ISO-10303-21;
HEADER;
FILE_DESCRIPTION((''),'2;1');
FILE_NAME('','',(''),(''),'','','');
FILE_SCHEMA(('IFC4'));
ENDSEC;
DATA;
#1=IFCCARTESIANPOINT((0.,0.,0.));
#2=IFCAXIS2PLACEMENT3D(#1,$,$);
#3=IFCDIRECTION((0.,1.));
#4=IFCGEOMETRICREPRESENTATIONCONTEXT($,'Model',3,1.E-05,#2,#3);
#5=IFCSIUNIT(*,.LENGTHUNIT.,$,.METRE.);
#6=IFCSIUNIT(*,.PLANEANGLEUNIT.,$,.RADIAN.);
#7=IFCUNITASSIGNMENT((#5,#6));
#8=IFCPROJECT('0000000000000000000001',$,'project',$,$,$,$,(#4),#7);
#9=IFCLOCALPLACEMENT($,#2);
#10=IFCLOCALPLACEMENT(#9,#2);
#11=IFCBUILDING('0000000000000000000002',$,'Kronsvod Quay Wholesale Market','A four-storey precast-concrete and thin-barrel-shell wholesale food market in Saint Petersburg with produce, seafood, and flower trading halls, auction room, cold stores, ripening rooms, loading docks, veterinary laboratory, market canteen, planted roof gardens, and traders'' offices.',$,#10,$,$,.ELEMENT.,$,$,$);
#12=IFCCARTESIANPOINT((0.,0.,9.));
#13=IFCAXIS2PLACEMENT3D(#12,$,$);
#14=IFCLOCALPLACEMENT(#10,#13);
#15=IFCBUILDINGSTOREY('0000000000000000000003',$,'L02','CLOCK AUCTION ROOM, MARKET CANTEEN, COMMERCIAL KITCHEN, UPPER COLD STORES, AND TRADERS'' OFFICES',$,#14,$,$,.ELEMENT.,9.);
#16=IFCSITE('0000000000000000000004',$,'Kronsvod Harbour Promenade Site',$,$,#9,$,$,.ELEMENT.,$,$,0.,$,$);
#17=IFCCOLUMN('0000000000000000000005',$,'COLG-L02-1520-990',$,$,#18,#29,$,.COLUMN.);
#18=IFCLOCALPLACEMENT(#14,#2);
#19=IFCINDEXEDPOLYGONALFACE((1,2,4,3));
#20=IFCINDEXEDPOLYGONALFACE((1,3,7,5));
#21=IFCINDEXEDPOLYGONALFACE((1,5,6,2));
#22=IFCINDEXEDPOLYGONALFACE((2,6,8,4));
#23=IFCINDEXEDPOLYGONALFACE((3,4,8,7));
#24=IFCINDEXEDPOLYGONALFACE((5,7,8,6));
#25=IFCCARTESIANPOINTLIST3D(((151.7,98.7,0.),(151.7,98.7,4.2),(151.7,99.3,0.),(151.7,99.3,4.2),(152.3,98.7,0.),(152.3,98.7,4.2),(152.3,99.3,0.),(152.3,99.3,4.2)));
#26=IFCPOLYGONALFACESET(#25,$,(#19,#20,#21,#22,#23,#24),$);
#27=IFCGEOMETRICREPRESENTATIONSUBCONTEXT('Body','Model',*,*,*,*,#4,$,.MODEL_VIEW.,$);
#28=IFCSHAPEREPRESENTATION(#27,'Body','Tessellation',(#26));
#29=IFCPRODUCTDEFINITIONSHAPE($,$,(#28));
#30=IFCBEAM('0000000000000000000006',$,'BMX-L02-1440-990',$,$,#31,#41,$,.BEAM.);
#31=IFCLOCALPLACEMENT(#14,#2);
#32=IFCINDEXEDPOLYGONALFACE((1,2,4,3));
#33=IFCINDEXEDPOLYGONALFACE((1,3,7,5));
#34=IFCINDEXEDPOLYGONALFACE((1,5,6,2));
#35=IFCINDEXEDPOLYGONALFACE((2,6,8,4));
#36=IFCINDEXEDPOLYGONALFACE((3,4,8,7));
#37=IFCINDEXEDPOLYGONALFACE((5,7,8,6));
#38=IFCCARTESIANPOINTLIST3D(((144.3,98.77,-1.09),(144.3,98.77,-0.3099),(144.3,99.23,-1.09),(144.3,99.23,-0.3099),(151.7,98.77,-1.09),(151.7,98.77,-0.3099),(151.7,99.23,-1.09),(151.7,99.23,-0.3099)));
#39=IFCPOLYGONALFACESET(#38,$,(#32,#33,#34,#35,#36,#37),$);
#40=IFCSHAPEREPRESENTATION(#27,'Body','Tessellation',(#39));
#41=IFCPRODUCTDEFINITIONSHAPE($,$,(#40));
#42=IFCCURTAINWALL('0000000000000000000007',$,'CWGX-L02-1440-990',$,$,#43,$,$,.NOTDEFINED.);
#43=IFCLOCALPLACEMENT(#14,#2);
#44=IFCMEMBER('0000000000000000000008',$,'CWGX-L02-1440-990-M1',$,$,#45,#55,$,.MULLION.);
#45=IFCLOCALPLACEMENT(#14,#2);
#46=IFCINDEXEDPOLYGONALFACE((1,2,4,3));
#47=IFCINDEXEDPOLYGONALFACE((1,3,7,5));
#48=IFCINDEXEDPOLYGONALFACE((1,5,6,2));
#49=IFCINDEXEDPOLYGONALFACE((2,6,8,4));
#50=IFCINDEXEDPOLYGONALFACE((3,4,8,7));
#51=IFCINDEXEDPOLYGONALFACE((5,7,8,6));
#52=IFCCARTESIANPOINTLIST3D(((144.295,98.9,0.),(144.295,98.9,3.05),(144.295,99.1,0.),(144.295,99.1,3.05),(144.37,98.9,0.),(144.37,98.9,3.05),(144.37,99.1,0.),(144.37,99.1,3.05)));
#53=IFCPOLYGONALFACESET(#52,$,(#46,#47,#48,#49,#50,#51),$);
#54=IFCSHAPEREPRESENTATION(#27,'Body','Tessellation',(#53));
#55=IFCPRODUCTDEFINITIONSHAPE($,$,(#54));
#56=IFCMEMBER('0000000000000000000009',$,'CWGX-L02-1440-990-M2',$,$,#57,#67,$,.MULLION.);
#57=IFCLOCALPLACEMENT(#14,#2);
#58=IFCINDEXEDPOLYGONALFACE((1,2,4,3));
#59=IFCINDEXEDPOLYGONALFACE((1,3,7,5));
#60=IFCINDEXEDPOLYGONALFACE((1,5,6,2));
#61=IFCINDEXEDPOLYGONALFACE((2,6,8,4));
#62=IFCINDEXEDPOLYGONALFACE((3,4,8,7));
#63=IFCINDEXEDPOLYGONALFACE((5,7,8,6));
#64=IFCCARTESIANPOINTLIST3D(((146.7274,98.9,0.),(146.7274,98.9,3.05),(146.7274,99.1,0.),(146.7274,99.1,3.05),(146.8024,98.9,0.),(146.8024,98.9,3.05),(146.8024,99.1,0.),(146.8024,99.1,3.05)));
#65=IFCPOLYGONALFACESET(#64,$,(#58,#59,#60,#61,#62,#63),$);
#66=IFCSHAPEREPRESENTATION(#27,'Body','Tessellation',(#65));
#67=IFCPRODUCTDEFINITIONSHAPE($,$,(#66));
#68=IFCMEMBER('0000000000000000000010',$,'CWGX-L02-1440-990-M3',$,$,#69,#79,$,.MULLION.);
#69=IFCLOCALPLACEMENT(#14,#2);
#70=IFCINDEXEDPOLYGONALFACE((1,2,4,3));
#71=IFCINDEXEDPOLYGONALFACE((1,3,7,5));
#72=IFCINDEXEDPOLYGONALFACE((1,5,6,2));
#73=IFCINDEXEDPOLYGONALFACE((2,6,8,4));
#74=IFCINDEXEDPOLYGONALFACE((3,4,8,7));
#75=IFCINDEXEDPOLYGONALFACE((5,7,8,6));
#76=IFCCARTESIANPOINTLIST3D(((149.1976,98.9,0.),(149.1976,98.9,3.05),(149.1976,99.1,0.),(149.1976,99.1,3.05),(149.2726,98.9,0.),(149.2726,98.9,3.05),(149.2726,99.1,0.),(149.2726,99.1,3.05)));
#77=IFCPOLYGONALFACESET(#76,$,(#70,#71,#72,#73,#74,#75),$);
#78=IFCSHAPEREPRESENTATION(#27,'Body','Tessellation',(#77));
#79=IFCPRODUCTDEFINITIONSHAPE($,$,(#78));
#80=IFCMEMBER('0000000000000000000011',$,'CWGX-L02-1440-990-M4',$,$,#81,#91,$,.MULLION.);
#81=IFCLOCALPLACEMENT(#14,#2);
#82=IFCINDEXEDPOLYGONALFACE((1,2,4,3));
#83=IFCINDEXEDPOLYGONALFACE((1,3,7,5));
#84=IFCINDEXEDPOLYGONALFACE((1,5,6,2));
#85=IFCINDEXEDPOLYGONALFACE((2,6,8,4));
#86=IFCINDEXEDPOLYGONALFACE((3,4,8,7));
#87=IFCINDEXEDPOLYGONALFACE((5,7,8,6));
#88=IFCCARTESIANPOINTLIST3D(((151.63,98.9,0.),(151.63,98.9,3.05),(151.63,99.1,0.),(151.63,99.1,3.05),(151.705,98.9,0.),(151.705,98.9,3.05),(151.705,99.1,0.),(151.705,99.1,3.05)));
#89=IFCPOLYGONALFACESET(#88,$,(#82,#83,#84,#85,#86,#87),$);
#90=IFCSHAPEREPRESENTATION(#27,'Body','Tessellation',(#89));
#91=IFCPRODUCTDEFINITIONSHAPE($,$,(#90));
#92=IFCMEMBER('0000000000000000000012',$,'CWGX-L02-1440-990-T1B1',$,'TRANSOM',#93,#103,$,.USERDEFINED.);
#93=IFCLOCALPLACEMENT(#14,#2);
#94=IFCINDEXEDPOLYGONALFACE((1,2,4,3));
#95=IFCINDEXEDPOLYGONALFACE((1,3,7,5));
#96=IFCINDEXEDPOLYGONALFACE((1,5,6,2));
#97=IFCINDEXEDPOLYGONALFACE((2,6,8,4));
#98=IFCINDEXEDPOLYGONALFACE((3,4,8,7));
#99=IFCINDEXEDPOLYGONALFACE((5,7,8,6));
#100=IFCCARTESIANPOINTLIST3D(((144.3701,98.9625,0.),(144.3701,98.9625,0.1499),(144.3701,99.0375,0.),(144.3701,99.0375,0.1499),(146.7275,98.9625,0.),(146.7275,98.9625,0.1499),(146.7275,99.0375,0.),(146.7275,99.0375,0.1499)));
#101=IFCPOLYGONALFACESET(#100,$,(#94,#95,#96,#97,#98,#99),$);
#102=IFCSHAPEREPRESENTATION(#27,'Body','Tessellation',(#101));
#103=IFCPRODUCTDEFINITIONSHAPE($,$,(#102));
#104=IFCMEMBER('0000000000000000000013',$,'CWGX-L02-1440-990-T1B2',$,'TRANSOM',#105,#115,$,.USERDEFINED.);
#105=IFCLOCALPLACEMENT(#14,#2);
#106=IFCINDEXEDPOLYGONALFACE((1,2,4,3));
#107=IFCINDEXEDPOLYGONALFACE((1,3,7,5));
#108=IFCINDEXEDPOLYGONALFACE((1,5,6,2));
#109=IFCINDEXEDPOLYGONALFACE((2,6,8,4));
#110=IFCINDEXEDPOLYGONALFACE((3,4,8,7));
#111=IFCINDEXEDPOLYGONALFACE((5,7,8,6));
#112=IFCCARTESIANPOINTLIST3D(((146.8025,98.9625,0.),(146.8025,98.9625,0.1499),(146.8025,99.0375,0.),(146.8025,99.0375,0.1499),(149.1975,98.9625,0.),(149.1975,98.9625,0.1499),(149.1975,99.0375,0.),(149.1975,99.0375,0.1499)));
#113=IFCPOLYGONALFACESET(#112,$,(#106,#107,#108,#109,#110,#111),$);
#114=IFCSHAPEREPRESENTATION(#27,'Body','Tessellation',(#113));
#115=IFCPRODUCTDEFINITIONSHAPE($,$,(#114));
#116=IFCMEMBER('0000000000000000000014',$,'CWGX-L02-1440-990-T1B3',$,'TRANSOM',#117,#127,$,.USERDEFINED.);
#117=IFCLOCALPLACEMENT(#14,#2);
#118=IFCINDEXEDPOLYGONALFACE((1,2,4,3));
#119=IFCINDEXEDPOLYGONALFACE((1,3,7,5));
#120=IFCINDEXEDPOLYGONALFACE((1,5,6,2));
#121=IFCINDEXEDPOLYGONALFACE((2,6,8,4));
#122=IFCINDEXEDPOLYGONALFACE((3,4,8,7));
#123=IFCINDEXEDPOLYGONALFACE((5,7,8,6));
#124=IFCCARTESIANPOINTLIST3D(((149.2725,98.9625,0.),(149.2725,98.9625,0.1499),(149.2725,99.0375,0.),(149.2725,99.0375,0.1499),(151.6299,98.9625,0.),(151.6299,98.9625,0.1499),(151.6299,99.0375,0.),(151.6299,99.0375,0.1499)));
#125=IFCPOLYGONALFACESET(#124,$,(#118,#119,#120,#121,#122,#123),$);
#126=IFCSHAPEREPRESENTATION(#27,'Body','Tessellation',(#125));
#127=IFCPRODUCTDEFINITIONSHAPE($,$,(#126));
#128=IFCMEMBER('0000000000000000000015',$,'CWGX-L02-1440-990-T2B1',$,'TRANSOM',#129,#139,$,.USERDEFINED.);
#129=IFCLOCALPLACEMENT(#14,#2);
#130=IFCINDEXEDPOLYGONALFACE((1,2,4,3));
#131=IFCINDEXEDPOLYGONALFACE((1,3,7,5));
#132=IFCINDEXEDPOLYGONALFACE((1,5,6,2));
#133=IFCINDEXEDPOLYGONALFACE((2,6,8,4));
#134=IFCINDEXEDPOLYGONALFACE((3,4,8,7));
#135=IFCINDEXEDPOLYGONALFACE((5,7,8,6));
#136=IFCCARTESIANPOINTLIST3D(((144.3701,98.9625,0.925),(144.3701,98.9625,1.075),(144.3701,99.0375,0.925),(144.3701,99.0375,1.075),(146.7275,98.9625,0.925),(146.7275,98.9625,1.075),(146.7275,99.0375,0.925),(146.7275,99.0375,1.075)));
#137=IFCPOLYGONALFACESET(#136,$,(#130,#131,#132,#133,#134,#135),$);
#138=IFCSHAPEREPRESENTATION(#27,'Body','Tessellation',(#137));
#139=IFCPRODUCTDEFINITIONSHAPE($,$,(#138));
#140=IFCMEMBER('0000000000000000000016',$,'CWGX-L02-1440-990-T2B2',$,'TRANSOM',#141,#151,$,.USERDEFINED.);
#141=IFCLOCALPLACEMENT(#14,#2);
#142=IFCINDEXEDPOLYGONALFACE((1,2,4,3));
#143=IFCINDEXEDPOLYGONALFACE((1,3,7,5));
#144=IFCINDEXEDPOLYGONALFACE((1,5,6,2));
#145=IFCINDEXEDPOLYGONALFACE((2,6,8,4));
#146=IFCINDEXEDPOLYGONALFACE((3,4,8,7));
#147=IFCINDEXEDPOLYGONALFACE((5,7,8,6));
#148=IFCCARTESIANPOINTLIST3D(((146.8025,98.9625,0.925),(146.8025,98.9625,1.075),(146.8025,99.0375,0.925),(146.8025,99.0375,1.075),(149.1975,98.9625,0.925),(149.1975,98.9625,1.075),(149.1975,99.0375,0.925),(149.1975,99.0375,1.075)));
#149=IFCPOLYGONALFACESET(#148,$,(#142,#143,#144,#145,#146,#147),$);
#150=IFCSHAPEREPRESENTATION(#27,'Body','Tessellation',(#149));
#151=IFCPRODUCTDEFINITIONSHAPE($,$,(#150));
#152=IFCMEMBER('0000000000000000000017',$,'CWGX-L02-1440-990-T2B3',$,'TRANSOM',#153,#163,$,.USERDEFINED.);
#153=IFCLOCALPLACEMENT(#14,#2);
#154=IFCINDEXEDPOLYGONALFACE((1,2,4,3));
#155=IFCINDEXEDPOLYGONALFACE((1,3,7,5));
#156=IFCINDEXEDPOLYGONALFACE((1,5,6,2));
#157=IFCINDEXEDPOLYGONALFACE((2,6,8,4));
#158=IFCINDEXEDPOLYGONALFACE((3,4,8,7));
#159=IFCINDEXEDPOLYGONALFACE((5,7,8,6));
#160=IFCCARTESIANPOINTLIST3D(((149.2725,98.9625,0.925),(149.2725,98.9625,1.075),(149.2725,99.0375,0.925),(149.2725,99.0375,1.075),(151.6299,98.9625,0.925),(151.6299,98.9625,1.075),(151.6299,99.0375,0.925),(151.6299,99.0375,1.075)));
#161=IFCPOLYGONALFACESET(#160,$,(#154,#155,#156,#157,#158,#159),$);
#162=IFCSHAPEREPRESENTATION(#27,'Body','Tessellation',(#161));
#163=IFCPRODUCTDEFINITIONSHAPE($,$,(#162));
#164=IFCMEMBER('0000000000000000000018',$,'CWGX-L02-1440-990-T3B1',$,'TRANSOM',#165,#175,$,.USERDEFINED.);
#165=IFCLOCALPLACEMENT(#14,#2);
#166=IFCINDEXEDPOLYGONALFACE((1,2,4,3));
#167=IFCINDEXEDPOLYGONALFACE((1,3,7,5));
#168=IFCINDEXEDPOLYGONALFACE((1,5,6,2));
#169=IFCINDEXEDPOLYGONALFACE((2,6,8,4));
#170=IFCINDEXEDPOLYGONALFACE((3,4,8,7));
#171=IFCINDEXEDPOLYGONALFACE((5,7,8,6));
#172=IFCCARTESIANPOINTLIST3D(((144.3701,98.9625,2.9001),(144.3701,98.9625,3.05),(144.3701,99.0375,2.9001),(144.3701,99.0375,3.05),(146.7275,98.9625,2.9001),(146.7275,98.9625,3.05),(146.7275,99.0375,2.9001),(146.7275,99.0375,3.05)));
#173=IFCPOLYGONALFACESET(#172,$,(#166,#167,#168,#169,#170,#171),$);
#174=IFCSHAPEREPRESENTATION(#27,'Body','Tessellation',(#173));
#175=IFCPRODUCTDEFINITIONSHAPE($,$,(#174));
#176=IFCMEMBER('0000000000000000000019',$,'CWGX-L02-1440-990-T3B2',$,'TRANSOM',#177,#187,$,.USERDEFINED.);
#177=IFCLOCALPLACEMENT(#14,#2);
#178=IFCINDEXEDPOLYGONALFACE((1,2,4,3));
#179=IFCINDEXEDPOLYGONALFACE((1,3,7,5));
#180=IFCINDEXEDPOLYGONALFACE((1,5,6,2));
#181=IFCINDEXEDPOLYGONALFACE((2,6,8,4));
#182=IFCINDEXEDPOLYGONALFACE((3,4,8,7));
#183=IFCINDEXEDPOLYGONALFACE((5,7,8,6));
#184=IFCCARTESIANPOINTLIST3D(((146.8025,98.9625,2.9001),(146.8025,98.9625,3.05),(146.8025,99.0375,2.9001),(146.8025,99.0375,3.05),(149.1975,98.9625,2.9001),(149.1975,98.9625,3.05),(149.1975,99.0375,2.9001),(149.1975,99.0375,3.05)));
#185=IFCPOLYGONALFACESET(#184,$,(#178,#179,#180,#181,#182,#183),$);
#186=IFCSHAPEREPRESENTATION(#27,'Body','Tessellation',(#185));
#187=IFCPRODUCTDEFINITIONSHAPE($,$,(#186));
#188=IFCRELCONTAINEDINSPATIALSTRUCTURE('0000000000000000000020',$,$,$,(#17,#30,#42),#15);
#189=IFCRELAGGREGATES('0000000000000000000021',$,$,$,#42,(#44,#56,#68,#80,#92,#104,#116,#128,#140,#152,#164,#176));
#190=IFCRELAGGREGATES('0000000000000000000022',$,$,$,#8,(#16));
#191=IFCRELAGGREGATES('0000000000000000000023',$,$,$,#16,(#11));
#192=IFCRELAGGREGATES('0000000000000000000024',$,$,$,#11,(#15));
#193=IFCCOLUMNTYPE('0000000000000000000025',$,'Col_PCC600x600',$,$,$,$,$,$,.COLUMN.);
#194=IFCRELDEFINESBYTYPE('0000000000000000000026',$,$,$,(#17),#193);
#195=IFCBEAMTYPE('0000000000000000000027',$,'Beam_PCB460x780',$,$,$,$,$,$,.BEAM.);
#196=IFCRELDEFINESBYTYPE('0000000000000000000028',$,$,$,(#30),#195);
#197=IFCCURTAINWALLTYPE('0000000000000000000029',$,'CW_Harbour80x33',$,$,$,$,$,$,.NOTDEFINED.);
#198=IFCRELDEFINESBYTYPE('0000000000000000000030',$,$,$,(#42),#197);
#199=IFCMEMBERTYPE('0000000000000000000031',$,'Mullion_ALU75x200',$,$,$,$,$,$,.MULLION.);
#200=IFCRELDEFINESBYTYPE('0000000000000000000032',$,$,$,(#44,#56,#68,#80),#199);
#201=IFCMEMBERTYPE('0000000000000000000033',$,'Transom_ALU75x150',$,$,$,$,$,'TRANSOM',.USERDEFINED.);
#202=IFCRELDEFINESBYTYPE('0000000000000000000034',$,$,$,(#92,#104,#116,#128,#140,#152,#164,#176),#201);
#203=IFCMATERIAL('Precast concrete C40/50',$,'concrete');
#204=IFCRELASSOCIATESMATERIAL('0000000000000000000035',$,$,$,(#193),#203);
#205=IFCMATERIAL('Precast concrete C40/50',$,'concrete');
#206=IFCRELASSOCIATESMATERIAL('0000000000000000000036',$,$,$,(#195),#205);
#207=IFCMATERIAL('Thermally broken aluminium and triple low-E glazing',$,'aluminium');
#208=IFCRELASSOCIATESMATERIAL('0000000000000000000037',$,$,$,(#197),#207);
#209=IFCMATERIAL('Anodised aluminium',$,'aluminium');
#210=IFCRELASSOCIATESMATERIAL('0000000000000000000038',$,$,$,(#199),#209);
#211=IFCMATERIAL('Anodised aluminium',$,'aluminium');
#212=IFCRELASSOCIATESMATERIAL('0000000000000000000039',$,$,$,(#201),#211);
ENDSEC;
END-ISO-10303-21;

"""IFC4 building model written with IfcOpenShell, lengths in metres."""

from ifc_helpers import new_model, si_unit, direction, frame, origin, origin_2d, place, context, subcontext, project, spatial, rectangle, extrude, material, material_profile, profile_set, type_object, element, aggregate, save


model = new_model("IFC4")

# Units and contexts
model_context = context("Model", 3, precision=1e-05, world=origin(), true_north=direction((0.0, 1.0)))
body_context = subcontext(model_context, "Body", "Model", "MODEL_VIEW")
ifc_project = project(units=[si_unit("LENGTHUNIT", "METRE"), si_unit("PLANEANGLEUNIT", "RADIAN")], contexts=[model_context])

# Site, building, storey
site_placement = place(None, origin())
site = spatial("IfcSite", under=ifc_project, at=site_placement, Name="Kronsvod Harbour Promenade Site", CompositionType="ELEMENT", RefElevation=0.0)
building_placement = place(site_placement, origin())
building = spatial("IfcBuilding", under=site, at=building_placement, Name="Kronsvod Quay Wholesale Market", Description="A four-storey precast-concrete and thin-barrel-shell wholesale food market in Saint Petersburg with produce, seafood, and flower trading halls, auction room, cold stores, ripening rooms, loading docks, veterinary laboratory, market canteen, planted roof gardens, and traders' offices.", CompositionType="ELEMENT")
storey_placement = place(building_placement, frame((0.0, 0.0, 9.0)))
storey = spatial("IfcBuildingStorey", under=building, at=storey_placement, Name="L02", Description="CLOCK AUCTION ROOM, MARKET CANTEEN, COMMERCIAL KITCHEN, UPPER COLD STORES, AND TRADERS' OFFICES", CompositionType="ELEMENT", Elevation=9.0)

# Column
ifc_material_1 = material(Name="Precast concrete C40/50", Category="concrete")
ifc_material_profile_1 = material_profile(ifc_material_1, rectangle(XDim=0.6001, YDim=0.6001, at=origin_2d()), Name="PCC600x600")
ifc_profile_set_1 = profile_set([ifc_material_profile_1], Name="Precast concrete C40/50")
column_type = type_object("IfcColumnType", Name="Col_PCC600x600", PredefinedType="COLUMN", material=ifc_profile_set_1)
column_placement = place(storey_placement, frame((152.0, 99.0, 0.0), z_axis=(0.0, 0.0, 1.0), x_axis=(1.0, 0.0, 0.0)))
element("IfcColumn", 1, at=column_placement, inside=storey, type_object=column_type, Name="COLG-L02-1520-990", PredefinedType="COLUMN", context=body_context, shape_type="SweptSolid", body=[
    extrude(rectangle(XDim=0.6001, YDim=0.6001, at=origin_2d()), origin(), (0.0, 0.0, 1.0), 4.2),
])

# Beam
ifc_material_2 = material(Name="Precast concrete C40/50", Category="concrete")
ifc_material_profile_2 = material_profile(ifc_material_2, rectangle(XDim=0.46, YDim=0.78, at=origin_2d()), Name="PB-03")
ifc_profile_set_2 = profile_set([ifc_material_profile_2], Name="Precast concrete C40/50")
beam_type = type_object("IfcBeamType", Name="Beam_PCB460x780", PredefinedType="BEAM", material=ifc_profile_set_2)
beam_placement = place(storey_placement, frame((144.3, 99.0, -0.7), z_axis=(1.0, 0.0, 0.0), x_axis=(0.0, 1.0, 0.0)))
element("IfcBeam", 2, at=beam_placement, inside=storey, type_object=beam_type, Name="BMX-L02-1440-990", PredefinedType="BEAM", context=body_context, shape_type="SweptSolid", body=[
    extrude(rectangle(XDim=0.46, YDim=0.78, at=origin_2d()), origin(), (0.0, 0.0, 1.0), 7.3999),
])

# Curtain wall, members
ifc_material_3 = material(Name="Thermally broken aluminium and triple low-E glazing", Category="aluminium")
curtain_wall_type = type_object("IfcCurtainWallType", Name="CW_Harbour80x33", PredefinedType="NOTDEFINED", material=ifc_material_3)
curtain_wall_placement = place(storey_placement, origin())
curtain_wall = element("IfcCurtainWall", 3, at=curtain_wall_placement, inside=storey, type_object=curtain_wall_type, Name="CWGX-L02-1440-990", PredefinedType="NOTDEFINED")
ifc_material_4 = material(Name="Anodised aluminium", Category="aluminium")
ifc_material_profile_3 = material_profile(ifc_material_4, rectangle(XDim=0.075, YDim=0.2, at=origin_2d()), Name="ALUM75x200")
ifc_profile_set_3 = profile_set([ifc_material_profile_3], Name="Anodised aluminium")
member_type_1 = type_object("IfcMemberType", Name="Mullion_ALU75x200", PredefinedType="MULLION", material=ifc_profile_set_3)
member_1_placement = place(storey_placement, frame((144.3325, 99.0, 0.0), z_axis=(0.0, 0.0, 1.0), x_axis=(1.0, 0.0, 0.0)))
member_1 = element("IfcMember", 4, at=member_1_placement, type_object=member_type_1, Name="CWGX-L02-1440-990-M1", PredefinedType="MULLION", context=body_context, shape_type="SweptSolid", body=[
    extrude(rectangle(XDim=0.075, YDim=0.2, at=origin_2d()), origin(), (0.0, 0.0, 1.0), 3.05),
])
member_2_placement = place(storey_placement, frame((146.7649, 99.0, 0.0), z_axis=(0.0, 0.0, 1.0), x_axis=(1.0, 0.0, 0.0)))
member_2 = element("IfcMember", 5, at=member_2_placement, type_object=member_type_1, Name="CWGX-L02-1440-990-M2", PredefinedType="MULLION", context=body_context, shape_type="SweptSolid", body=[
    extrude(rectangle(XDim=0.075, YDim=0.2, at=origin_2d()), origin(), (0.0, 0.0, 1.0), 3.05),
])
member_3_placement = place(storey_placement, frame((149.2351, 99.0, 0.0), z_axis=(0.0, 0.0, 1.0), x_axis=(1.0, 0.0, 0.0)))
member_3 = element("IfcMember", 6, at=member_3_placement, type_object=member_type_1, Name="CWGX-L02-1440-990-M3", PredefinedType="MULLION", context=body_context, shape_type="SweptSolid", body=[
    extrude(rectangle(XDim=0.075, YDim=0.2, at=origin_2d()), origin(), (0.0, 0.0, 1.0), 3.05),
])
member_4_placement = place(storey_placement, frame((151.6675, 99.0, 0.0), z_axis=(0.0, 0.0, 1.0), x_axis=(1.0, 0.0, 0.0)))
member_4 = element("IfcMember", 7, at=member_4_placement, type_object=member_type_1, Name="CWGX-L02-1440-990-M4", PredefinedType="MULLION", context=body_context, shape_type="SweptSolid", body=[
    extrude(rectangle(XDim=0.075, YDim=0.2, at=origin_2d()), origin(), (0.0, 0.0, 1.0), 3.05),
])
ifc_material_5 = material(Name="Anodised aluminium", Category="aluminium")
ifc_material_profile_4 = material_profile(ifc_material_5, rectangle(XDim=0.075, YDim=0.1499, at=origin_2d()), Name="ALUT75x150")
ifc_profile_set_4 = profile_set([ifc_material_profile_4], Name="Anodised aluminium")
member_type_2 = type_object("IfcMemberType", Name="Transom_ALU75x150", ElementType="TRANSOM", PredefinedType="USERDEFINED", material=ifc_profile_set_4)
member_5_placement = place(storey_placement, frame((144.3701, 99.0, 0.075), z_axis=(1.0, 0.0, 0.0), x_axis=(0.0, 1.0, 0.0)))
member_5 = element("IfcMember", 8, at=member_5_placement, type_object=member_type_2, Name="CWGX-L02-1440-990-T1B1", ObjectType="TRANSOM", PredefinedType="USERDEFINED", context=body_context, shape_type="SweptSolid", body=[
    extrude(rectangle(XDim=0.075, YDim=0.1499, at=origin_2d()), origin(), (0.0, 0.0, 1.0), 2.3574),
])
member_6_placement = place(storey_placement, frame((146.8025, 99.0, 0.075), z_axis=(1.0, 0.0, 0.0), x_axis=(0.0, 1.0, 0.0)))
member_6 = element("IfcMember", 9, at=member_6_placement, type_object=member_type_2, Name="CWGX-L02-1440-990-T1B2", ObjectType="TRANSOM", PredefinedType="USERDEFINED", context=body_context, shape_type="SweptSolid", body=[
    extrude(rectangle(XDim=0.075, YDim=0.1499, at=origin_2d()), origin(), (0.0, 0.0, 1.0), 2.395),
])
member_7_placement = place(storey_placement, frame((149.2725, 99.0, 0.075), z_axis=(1.0, 0.0, 0.0), x_axis=(0.0, 1.0, 0.0)))
member_7 = element("IfcMember", 10, at=member_7_placement, type_object=member_type_2, Name="CWGX-L02-1440-990-T1B3", ObjectType="TRANSOM", PredefinedType="USERDEFINED", context=body_context, shape_type="SweptSolid", body=[
    extrude(rectangle(XDim=0.075, YDim=0.1499, at=origin_2d()), origin(), (0.0, 0.0, 1.0), 2.3574),
])
member_8_placement = place(storey_placement, frame((144.3701, 99.0, 1.0), z_axis=(1.0, 0.0, 0.0), x_axis=(0.0, 1.0, 0.0)))
member_8 = element("IfcMember", 11, at=member_8_placement, type_object=member_type_2, Name="CWGX-L02-1440-990-T2B1", ObjectType="TRANSOM", PredefinedType="USERDEFINED", context=body_context, shape_type="SweptSolid", body=[
    extrude(rectangle(XDim=0.075, YDim=0.1499, at=origin_2d()), origin(), (0.0, 0.0, 1.0), 2.3574),
])
member_9_placement = place(storey_placement, frame((146.8025, 99.0, 1.0), z_axis=(1.0, 0.0, 0.0), x_axis=(0.0, 1.0, 0.0)))
member_9 = element("IfcMember", 12, at=member_9_placement, type_object=member_type_2, Name="CWGX-L02-1440-990-T2B2", ObjectType="TRANSOM", PredefinedType="USERDEFINED", context=body_context, shape_type="SweptSolid", body=[
    extrude(rectangle(XDim=0.075, YDim=0.1499, at=origin_2d()), origin(), (0.0, 0.0, 1.0), 2.395),
])
member_10_placement = place(storey_placement, frame((149.2725, 99.0, 1.0), z_axis=(1.0, 0.0, 0.0), x_axis=(0.0, 1.0, 0.0)))
member_10 = element("IfcMember", 13, at=member_10_placement, type_object=member_type_2, Name="CWGX-L02-1440-990-T2B3", ObjectType="TRANSOM", PredefinedType="USERDEFINED", context=body_context, shape_type="SweptSolid", body=[
    extrude(rectangle(XDim=0.075, YDim=0.1499, at=origin_2d()), origin(), (0.0, 0.0, 1.0), 2.3574),
])
member_11_placement = place(storey_placement, frame((144.3701, 99.0, 2.9751), z_axis=(1.0, 0.0, 0.0), x_axis=(0.0, 1.0, 0.0)))
member_11 = element("IfcMember", 14, at=member_11_placement, type_object=member_type_2, Name="CWGX-L02-1440-990-T3B1", ObjectType="TRANSOM", PredefinedType="USERDEFINED", context=body_context, shape_type="SweptSolid", body=[
    extrude(rectangle(XDim=0.075, YDim=0.1499, at=origin_2d()), origin(), (0.0, 0.0, 1.0), 2.3574),
])
member_12_placement = place(storey_placement, frame((146.8025, 99.0, 2.9751), z_axis=(1.0, 0.0, 0.0), x_axis=(0.0, 1.0, 0.0)))
member_12 = element("IfcMember", 15, at=member_12_placement, type_object=member_type_2, Name="CWGX-L02-1440-990-T3B2", ObjectType="TRANSOM", PredefinedType="USERDEFINED", context=body_context, shape_type="SweptSolid", body=[
    extrude(rectangle(XDim=0.075, YDim=0.1499, at=origin_2d()), origin(), (0.0, 0.0, 1.0), 2.395),
])
aggregate(curtain_wall, [member_1, member_2, member_3, member_4, member_5, member_6, member_7, member_8, member_9, member_10, member_11, member_12])

save(model, "model.ifc")
